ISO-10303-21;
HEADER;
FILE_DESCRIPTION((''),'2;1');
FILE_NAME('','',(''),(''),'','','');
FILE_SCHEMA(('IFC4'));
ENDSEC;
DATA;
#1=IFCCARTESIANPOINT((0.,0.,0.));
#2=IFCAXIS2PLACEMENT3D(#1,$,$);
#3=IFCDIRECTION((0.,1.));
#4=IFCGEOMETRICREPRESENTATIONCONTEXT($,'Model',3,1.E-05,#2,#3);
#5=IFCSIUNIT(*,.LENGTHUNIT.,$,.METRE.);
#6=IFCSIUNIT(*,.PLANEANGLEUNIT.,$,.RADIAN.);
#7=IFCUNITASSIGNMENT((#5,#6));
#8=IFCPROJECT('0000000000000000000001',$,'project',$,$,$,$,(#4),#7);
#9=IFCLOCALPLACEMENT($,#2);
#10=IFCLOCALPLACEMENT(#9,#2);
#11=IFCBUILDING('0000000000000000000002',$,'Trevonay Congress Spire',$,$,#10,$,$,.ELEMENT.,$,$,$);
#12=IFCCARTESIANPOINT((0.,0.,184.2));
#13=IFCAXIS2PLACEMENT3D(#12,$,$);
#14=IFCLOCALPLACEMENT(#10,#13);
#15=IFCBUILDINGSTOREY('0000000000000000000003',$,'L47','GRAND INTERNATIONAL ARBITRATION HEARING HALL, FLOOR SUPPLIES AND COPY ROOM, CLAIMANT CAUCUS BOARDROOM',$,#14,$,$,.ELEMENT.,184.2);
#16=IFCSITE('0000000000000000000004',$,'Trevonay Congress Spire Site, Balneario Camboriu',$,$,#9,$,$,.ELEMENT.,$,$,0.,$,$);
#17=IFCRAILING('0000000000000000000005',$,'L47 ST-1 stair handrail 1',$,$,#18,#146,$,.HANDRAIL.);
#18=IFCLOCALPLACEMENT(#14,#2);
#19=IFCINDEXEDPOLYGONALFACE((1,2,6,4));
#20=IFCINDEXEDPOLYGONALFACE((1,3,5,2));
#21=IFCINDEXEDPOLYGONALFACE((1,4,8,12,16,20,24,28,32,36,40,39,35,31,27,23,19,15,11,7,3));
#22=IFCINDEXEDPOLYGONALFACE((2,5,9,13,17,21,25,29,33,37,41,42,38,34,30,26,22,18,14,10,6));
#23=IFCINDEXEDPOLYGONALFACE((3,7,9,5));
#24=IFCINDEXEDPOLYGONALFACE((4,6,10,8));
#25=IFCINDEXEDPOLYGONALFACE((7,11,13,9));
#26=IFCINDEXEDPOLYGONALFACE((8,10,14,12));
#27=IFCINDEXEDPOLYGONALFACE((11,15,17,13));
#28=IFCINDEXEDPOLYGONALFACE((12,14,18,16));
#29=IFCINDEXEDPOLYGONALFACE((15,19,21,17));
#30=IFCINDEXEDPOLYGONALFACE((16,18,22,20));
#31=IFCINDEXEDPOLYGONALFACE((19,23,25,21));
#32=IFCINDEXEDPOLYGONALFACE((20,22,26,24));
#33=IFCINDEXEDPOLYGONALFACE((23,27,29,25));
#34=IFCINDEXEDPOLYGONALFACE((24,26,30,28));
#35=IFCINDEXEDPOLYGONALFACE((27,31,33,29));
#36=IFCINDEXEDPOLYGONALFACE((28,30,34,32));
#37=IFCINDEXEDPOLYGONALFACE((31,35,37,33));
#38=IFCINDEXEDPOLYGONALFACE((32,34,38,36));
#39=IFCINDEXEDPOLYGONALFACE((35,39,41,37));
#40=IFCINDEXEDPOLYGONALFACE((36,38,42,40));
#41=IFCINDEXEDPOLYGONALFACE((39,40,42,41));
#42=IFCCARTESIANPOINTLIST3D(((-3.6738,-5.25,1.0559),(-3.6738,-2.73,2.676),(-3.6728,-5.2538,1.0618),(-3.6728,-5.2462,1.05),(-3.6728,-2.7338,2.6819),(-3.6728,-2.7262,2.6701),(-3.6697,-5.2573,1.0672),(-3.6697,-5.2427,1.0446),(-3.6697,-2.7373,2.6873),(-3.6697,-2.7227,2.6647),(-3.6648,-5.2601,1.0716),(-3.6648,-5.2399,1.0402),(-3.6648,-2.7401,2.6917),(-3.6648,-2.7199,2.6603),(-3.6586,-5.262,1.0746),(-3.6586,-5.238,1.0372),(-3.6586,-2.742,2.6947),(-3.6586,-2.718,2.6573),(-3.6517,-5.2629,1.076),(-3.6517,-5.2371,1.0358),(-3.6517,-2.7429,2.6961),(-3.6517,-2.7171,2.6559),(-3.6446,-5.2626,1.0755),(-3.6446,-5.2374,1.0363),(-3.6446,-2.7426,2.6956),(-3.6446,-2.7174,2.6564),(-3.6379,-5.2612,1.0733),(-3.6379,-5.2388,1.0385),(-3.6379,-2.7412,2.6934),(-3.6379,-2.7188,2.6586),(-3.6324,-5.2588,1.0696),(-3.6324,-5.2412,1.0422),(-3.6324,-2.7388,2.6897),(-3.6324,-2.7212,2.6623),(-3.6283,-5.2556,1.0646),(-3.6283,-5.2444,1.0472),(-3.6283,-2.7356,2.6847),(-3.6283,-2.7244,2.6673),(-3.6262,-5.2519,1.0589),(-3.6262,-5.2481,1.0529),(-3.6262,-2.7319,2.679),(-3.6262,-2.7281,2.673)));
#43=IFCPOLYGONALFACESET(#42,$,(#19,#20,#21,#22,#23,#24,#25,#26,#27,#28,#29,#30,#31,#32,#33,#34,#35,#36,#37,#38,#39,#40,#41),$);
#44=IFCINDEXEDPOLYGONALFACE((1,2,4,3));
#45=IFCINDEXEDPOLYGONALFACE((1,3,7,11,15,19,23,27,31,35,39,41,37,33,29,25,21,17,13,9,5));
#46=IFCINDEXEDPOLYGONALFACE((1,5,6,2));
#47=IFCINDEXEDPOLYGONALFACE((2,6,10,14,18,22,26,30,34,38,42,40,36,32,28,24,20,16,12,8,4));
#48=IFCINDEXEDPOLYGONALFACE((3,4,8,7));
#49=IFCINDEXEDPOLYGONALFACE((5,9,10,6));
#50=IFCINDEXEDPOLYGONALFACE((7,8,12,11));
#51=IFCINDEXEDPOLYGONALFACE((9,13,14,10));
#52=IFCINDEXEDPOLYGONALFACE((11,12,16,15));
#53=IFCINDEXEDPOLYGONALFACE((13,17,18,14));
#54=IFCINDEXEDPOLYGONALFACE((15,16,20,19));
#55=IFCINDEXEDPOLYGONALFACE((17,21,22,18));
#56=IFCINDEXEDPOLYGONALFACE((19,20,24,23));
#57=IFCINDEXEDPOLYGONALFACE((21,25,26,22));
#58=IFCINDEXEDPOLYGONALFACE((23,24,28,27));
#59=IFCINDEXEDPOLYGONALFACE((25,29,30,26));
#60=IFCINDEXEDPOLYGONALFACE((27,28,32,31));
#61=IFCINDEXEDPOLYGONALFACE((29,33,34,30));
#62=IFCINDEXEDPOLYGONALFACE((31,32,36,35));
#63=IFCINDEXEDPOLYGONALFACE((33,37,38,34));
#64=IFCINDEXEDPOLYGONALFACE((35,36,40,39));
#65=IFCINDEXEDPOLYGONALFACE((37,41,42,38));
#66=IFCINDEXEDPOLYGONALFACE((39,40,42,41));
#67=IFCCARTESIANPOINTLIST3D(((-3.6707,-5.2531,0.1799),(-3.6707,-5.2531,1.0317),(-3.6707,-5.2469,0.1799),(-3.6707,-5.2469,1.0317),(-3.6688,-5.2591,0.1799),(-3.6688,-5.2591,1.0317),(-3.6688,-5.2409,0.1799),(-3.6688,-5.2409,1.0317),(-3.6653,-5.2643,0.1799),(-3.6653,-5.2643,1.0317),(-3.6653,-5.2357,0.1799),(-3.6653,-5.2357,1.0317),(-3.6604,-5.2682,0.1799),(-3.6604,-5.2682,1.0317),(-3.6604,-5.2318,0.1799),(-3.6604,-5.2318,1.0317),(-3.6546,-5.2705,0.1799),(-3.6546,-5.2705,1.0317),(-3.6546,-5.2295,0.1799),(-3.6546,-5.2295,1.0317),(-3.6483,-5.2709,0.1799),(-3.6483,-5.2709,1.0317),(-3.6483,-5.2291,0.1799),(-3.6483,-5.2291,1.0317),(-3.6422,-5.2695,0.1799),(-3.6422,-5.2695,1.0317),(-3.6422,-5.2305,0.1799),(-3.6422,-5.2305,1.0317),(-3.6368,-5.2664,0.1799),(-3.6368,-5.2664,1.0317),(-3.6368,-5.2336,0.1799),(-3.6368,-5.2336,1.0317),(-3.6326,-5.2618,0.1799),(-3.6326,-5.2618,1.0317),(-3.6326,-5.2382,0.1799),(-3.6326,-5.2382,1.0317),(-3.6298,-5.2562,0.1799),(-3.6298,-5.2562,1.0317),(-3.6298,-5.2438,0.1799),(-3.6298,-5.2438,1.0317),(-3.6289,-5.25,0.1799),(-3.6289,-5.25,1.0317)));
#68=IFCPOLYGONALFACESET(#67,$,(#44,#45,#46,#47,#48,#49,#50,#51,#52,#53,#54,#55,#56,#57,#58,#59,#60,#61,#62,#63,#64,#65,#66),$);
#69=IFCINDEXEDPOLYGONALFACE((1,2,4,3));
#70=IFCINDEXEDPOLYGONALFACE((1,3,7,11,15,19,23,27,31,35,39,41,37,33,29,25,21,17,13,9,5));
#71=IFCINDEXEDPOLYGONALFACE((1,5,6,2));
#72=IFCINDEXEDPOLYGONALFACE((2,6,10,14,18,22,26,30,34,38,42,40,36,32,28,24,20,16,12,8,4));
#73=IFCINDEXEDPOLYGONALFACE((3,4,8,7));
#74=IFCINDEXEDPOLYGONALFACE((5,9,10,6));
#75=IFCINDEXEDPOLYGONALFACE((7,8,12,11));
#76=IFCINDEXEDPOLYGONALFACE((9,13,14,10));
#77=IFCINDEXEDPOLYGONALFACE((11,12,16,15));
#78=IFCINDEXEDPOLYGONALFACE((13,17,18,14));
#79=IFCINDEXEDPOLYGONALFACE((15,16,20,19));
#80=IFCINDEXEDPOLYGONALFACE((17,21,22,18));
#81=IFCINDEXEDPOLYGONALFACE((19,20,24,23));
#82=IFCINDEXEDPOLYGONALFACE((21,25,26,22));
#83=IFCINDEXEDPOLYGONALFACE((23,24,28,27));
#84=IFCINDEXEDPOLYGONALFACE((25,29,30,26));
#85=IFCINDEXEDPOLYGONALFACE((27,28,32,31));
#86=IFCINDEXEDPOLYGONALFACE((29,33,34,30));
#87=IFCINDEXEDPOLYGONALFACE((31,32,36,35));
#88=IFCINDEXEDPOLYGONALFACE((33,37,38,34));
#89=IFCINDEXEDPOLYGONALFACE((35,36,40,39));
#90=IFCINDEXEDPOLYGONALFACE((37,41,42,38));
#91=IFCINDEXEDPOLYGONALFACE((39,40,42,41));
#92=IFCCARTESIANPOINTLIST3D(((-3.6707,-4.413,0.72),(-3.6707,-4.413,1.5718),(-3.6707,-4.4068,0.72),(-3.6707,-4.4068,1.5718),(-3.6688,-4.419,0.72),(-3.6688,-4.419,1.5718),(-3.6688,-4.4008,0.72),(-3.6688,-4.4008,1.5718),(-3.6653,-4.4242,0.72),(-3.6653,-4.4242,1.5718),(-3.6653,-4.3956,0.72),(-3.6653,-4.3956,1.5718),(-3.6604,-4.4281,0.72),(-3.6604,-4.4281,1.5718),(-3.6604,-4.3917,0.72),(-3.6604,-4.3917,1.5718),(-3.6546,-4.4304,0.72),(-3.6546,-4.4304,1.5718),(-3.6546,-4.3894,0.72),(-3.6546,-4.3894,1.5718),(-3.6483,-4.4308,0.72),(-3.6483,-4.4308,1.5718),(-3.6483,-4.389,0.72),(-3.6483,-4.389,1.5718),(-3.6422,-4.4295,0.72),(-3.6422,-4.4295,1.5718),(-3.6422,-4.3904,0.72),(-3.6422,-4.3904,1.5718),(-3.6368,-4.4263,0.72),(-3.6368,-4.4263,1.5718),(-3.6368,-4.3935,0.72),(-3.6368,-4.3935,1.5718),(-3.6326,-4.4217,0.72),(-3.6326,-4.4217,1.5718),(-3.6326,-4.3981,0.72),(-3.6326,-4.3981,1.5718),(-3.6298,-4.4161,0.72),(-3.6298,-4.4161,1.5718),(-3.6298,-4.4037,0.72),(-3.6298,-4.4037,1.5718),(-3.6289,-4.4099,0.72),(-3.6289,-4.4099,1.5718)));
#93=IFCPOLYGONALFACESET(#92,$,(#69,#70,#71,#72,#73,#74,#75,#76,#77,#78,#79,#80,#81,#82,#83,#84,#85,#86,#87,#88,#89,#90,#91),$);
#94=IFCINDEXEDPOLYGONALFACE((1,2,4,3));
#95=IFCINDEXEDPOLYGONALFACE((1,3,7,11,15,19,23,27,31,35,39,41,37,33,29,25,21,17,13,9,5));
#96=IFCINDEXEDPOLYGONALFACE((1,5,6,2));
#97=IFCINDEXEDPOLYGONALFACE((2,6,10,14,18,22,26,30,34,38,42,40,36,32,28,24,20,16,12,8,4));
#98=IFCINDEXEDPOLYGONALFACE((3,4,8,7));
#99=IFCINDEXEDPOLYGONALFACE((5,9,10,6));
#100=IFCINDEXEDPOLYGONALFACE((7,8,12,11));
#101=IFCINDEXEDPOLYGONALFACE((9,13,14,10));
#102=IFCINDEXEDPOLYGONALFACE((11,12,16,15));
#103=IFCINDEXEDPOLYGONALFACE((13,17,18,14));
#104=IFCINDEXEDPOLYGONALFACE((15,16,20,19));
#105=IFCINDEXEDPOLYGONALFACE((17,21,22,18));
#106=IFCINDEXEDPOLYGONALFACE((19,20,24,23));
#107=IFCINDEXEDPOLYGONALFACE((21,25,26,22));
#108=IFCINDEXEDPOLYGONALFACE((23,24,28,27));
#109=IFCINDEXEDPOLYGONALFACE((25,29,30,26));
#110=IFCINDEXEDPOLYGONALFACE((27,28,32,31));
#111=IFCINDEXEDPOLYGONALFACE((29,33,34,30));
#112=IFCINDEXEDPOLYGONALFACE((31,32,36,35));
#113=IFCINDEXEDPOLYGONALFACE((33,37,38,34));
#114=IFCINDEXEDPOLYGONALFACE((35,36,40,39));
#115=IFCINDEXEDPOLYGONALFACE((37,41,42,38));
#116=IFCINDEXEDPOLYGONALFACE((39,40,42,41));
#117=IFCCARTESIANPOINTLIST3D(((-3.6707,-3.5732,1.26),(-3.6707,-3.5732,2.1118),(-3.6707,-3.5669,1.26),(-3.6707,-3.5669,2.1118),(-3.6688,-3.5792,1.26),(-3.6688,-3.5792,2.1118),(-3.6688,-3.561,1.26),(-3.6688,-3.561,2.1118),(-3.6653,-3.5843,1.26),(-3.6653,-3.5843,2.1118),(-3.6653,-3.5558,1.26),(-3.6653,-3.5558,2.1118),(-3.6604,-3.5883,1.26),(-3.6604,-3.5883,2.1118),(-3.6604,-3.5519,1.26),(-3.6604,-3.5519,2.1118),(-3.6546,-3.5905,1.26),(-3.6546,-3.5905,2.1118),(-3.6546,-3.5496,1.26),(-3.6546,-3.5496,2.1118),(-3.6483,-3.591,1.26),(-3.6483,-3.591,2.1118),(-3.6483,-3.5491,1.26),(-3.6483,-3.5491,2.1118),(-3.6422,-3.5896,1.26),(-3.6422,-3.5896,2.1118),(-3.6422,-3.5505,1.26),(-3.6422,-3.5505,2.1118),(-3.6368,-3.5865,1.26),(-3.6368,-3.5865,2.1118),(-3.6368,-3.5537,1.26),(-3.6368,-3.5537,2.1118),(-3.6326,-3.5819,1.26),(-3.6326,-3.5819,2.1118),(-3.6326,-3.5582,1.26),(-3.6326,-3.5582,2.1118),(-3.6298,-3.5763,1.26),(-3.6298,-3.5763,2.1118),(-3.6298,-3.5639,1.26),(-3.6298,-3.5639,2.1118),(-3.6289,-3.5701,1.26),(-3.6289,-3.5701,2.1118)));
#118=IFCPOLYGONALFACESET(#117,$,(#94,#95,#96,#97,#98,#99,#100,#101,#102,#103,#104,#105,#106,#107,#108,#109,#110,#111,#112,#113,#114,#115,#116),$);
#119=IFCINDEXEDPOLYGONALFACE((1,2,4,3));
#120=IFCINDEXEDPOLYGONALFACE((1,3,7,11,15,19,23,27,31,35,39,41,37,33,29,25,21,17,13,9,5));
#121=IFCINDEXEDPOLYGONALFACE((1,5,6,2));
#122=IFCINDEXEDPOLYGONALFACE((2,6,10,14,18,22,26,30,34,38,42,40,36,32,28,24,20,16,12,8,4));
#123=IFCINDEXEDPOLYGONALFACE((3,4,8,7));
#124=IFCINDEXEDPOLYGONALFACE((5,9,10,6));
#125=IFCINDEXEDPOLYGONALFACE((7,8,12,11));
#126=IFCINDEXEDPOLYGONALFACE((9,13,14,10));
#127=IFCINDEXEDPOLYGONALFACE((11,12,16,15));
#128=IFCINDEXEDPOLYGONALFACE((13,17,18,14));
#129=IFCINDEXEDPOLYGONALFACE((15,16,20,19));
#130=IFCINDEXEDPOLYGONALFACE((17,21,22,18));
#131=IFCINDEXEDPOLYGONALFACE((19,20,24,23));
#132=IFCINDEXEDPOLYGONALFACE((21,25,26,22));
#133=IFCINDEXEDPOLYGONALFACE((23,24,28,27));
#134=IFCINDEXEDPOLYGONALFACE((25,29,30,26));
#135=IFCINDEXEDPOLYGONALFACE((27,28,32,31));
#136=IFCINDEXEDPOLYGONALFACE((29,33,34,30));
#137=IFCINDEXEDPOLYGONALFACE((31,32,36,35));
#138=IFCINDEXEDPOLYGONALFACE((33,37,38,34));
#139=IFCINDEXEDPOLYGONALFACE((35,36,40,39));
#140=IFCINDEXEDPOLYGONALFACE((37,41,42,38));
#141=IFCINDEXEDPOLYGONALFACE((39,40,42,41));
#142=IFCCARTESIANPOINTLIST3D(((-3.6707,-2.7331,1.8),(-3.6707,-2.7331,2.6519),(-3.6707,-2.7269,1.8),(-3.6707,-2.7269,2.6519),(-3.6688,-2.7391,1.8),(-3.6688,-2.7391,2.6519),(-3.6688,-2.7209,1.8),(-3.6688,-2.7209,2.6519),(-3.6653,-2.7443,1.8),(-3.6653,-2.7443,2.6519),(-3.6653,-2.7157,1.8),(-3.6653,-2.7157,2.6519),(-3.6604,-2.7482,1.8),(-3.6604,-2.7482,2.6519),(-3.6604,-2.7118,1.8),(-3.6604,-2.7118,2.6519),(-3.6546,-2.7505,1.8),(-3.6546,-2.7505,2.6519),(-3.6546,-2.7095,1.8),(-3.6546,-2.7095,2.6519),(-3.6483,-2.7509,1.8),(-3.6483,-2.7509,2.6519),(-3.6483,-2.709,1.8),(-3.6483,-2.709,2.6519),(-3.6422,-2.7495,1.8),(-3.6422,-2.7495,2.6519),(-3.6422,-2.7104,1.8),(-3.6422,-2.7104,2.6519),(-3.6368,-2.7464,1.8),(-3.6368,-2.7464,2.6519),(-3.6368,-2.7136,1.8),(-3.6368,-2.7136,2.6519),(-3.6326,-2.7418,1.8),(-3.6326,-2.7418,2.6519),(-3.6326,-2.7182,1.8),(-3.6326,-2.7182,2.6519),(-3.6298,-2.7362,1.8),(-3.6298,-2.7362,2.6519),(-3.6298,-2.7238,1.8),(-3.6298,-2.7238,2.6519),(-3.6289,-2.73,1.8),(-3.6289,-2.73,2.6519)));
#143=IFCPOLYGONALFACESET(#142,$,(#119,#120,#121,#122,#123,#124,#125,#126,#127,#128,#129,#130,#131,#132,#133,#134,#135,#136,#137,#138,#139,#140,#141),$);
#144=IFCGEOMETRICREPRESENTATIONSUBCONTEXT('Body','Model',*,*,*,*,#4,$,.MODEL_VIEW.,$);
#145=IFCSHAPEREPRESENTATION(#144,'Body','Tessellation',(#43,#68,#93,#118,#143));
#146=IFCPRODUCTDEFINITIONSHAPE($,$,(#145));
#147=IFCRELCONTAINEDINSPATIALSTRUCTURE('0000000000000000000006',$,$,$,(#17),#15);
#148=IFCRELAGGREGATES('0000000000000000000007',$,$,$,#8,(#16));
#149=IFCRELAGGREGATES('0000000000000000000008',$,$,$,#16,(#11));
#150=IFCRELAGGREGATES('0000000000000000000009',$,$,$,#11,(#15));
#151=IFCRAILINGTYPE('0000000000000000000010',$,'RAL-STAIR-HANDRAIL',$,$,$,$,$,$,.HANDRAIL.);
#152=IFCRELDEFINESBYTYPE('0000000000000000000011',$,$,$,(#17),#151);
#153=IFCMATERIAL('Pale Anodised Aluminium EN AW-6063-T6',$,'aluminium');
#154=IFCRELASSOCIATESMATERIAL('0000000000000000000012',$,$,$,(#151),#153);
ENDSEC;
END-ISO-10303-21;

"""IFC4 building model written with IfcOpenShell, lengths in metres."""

from ifc_helpers import new_model, si_unit, direction, frame, origin, origin_2d, place, context, subcontext, project, spatial, circle, extrude, material, type_object, element, save


model = new_model("IFC4")

# Units and contexts
model_context = context("Model", 3, precision=1e-05, world=origin(), true_north=direction((0.0, 1.0)))
body_context = subcontext(model_context, "Body", "Model", "MODEL_VIEW")
ifc_project = project(units=[si_unit("LENGTHUNIT", "METRE"), si_unit("PLANEANGLEUNIT", "RADIAN")], contexts=[model_context])

# Site, building, storey
site_placement = place(None, origin())
site = spatial("IfcSite", under=ifc_project, at=site_placement, Name="Trevonay Congress Spire Site, Balneario Camboriu", CompositionType="ELEMENT", RefElevation=0.0)
building_placement = place(site_placement, origin())
building = spatial("IfcBuilding", under=site, at=building_placement, Name="Trevonay Congress Spire", CompositionType="ELEMENT")
storey_placement = place(building_placement, frame((0.0, 0.0, 184.2)))
storey = spatial("IfcBuildingStorey", under=building, at=storey_placement, Name="L47", Description="GRAND INTERNATIONAL ARBITRATION HEARING HALL, FLOOR SUPPLIES AND COPY ROOM, CLAIMANT CAUCUS BOARDROOM", CompositionType="ELEMENT", Elevation=184.2)

# Shared definitions
ifc_material_1 = material(Name="Pale Anodised Aluminium EN AW-6063-T6", Category="aluminium")

# Railing
railing_type_1 = type_object("IfcRailingType", Name="RAL-STAIR-HANDRAIL", PredefinedType="HANDRAIL", material=ifc_material_1)
railing_1_placement = place(storey_placement, frame((-3.6499, -5.25, 0.1799)))
element("IfcRailing", 1, at=railing_1_placement, inside=storey, type_object=railing_type_1, Name="L47 ST-1 stair handrail 1", PredefinedType="HANDRAIL", context=body_context, shape_type="SweptSolid", body=[
    extrude(circle(Radius=0.0239, at=origin_2d()), frame((0.0, 0.0, 0.876), z_axis=(0.0, 0.841163, 0.540782), x_axis=(-1.0, 0.0, 0.0)), (0.0, 0.0, 1.0), 2.9958),
    extrude(circle(Radius=0.021, at=origin_2d()), origin(), (0.0, 0.0, 1.0), 0.8518),
    extrude(circle(Radius=0.021, at=origin_2d()), frame((0.0, 0.8401, 0.54)), (0.0, 0.0, 1.0), 0.8518),
    extrude(circle(Radius=0.021, at=origin_2d()), frame((0.0, 1.6799, 1.0801)), (0.0, 0.0, 1.0), 0.8518),
    extrude(circle(Radius=0.021, at=origin_2d()), frame((0.0, 2.52, 1.6201)), (0.0, 0.0, 1.0), 0.8518),
])

save(model, "model.ifc")
